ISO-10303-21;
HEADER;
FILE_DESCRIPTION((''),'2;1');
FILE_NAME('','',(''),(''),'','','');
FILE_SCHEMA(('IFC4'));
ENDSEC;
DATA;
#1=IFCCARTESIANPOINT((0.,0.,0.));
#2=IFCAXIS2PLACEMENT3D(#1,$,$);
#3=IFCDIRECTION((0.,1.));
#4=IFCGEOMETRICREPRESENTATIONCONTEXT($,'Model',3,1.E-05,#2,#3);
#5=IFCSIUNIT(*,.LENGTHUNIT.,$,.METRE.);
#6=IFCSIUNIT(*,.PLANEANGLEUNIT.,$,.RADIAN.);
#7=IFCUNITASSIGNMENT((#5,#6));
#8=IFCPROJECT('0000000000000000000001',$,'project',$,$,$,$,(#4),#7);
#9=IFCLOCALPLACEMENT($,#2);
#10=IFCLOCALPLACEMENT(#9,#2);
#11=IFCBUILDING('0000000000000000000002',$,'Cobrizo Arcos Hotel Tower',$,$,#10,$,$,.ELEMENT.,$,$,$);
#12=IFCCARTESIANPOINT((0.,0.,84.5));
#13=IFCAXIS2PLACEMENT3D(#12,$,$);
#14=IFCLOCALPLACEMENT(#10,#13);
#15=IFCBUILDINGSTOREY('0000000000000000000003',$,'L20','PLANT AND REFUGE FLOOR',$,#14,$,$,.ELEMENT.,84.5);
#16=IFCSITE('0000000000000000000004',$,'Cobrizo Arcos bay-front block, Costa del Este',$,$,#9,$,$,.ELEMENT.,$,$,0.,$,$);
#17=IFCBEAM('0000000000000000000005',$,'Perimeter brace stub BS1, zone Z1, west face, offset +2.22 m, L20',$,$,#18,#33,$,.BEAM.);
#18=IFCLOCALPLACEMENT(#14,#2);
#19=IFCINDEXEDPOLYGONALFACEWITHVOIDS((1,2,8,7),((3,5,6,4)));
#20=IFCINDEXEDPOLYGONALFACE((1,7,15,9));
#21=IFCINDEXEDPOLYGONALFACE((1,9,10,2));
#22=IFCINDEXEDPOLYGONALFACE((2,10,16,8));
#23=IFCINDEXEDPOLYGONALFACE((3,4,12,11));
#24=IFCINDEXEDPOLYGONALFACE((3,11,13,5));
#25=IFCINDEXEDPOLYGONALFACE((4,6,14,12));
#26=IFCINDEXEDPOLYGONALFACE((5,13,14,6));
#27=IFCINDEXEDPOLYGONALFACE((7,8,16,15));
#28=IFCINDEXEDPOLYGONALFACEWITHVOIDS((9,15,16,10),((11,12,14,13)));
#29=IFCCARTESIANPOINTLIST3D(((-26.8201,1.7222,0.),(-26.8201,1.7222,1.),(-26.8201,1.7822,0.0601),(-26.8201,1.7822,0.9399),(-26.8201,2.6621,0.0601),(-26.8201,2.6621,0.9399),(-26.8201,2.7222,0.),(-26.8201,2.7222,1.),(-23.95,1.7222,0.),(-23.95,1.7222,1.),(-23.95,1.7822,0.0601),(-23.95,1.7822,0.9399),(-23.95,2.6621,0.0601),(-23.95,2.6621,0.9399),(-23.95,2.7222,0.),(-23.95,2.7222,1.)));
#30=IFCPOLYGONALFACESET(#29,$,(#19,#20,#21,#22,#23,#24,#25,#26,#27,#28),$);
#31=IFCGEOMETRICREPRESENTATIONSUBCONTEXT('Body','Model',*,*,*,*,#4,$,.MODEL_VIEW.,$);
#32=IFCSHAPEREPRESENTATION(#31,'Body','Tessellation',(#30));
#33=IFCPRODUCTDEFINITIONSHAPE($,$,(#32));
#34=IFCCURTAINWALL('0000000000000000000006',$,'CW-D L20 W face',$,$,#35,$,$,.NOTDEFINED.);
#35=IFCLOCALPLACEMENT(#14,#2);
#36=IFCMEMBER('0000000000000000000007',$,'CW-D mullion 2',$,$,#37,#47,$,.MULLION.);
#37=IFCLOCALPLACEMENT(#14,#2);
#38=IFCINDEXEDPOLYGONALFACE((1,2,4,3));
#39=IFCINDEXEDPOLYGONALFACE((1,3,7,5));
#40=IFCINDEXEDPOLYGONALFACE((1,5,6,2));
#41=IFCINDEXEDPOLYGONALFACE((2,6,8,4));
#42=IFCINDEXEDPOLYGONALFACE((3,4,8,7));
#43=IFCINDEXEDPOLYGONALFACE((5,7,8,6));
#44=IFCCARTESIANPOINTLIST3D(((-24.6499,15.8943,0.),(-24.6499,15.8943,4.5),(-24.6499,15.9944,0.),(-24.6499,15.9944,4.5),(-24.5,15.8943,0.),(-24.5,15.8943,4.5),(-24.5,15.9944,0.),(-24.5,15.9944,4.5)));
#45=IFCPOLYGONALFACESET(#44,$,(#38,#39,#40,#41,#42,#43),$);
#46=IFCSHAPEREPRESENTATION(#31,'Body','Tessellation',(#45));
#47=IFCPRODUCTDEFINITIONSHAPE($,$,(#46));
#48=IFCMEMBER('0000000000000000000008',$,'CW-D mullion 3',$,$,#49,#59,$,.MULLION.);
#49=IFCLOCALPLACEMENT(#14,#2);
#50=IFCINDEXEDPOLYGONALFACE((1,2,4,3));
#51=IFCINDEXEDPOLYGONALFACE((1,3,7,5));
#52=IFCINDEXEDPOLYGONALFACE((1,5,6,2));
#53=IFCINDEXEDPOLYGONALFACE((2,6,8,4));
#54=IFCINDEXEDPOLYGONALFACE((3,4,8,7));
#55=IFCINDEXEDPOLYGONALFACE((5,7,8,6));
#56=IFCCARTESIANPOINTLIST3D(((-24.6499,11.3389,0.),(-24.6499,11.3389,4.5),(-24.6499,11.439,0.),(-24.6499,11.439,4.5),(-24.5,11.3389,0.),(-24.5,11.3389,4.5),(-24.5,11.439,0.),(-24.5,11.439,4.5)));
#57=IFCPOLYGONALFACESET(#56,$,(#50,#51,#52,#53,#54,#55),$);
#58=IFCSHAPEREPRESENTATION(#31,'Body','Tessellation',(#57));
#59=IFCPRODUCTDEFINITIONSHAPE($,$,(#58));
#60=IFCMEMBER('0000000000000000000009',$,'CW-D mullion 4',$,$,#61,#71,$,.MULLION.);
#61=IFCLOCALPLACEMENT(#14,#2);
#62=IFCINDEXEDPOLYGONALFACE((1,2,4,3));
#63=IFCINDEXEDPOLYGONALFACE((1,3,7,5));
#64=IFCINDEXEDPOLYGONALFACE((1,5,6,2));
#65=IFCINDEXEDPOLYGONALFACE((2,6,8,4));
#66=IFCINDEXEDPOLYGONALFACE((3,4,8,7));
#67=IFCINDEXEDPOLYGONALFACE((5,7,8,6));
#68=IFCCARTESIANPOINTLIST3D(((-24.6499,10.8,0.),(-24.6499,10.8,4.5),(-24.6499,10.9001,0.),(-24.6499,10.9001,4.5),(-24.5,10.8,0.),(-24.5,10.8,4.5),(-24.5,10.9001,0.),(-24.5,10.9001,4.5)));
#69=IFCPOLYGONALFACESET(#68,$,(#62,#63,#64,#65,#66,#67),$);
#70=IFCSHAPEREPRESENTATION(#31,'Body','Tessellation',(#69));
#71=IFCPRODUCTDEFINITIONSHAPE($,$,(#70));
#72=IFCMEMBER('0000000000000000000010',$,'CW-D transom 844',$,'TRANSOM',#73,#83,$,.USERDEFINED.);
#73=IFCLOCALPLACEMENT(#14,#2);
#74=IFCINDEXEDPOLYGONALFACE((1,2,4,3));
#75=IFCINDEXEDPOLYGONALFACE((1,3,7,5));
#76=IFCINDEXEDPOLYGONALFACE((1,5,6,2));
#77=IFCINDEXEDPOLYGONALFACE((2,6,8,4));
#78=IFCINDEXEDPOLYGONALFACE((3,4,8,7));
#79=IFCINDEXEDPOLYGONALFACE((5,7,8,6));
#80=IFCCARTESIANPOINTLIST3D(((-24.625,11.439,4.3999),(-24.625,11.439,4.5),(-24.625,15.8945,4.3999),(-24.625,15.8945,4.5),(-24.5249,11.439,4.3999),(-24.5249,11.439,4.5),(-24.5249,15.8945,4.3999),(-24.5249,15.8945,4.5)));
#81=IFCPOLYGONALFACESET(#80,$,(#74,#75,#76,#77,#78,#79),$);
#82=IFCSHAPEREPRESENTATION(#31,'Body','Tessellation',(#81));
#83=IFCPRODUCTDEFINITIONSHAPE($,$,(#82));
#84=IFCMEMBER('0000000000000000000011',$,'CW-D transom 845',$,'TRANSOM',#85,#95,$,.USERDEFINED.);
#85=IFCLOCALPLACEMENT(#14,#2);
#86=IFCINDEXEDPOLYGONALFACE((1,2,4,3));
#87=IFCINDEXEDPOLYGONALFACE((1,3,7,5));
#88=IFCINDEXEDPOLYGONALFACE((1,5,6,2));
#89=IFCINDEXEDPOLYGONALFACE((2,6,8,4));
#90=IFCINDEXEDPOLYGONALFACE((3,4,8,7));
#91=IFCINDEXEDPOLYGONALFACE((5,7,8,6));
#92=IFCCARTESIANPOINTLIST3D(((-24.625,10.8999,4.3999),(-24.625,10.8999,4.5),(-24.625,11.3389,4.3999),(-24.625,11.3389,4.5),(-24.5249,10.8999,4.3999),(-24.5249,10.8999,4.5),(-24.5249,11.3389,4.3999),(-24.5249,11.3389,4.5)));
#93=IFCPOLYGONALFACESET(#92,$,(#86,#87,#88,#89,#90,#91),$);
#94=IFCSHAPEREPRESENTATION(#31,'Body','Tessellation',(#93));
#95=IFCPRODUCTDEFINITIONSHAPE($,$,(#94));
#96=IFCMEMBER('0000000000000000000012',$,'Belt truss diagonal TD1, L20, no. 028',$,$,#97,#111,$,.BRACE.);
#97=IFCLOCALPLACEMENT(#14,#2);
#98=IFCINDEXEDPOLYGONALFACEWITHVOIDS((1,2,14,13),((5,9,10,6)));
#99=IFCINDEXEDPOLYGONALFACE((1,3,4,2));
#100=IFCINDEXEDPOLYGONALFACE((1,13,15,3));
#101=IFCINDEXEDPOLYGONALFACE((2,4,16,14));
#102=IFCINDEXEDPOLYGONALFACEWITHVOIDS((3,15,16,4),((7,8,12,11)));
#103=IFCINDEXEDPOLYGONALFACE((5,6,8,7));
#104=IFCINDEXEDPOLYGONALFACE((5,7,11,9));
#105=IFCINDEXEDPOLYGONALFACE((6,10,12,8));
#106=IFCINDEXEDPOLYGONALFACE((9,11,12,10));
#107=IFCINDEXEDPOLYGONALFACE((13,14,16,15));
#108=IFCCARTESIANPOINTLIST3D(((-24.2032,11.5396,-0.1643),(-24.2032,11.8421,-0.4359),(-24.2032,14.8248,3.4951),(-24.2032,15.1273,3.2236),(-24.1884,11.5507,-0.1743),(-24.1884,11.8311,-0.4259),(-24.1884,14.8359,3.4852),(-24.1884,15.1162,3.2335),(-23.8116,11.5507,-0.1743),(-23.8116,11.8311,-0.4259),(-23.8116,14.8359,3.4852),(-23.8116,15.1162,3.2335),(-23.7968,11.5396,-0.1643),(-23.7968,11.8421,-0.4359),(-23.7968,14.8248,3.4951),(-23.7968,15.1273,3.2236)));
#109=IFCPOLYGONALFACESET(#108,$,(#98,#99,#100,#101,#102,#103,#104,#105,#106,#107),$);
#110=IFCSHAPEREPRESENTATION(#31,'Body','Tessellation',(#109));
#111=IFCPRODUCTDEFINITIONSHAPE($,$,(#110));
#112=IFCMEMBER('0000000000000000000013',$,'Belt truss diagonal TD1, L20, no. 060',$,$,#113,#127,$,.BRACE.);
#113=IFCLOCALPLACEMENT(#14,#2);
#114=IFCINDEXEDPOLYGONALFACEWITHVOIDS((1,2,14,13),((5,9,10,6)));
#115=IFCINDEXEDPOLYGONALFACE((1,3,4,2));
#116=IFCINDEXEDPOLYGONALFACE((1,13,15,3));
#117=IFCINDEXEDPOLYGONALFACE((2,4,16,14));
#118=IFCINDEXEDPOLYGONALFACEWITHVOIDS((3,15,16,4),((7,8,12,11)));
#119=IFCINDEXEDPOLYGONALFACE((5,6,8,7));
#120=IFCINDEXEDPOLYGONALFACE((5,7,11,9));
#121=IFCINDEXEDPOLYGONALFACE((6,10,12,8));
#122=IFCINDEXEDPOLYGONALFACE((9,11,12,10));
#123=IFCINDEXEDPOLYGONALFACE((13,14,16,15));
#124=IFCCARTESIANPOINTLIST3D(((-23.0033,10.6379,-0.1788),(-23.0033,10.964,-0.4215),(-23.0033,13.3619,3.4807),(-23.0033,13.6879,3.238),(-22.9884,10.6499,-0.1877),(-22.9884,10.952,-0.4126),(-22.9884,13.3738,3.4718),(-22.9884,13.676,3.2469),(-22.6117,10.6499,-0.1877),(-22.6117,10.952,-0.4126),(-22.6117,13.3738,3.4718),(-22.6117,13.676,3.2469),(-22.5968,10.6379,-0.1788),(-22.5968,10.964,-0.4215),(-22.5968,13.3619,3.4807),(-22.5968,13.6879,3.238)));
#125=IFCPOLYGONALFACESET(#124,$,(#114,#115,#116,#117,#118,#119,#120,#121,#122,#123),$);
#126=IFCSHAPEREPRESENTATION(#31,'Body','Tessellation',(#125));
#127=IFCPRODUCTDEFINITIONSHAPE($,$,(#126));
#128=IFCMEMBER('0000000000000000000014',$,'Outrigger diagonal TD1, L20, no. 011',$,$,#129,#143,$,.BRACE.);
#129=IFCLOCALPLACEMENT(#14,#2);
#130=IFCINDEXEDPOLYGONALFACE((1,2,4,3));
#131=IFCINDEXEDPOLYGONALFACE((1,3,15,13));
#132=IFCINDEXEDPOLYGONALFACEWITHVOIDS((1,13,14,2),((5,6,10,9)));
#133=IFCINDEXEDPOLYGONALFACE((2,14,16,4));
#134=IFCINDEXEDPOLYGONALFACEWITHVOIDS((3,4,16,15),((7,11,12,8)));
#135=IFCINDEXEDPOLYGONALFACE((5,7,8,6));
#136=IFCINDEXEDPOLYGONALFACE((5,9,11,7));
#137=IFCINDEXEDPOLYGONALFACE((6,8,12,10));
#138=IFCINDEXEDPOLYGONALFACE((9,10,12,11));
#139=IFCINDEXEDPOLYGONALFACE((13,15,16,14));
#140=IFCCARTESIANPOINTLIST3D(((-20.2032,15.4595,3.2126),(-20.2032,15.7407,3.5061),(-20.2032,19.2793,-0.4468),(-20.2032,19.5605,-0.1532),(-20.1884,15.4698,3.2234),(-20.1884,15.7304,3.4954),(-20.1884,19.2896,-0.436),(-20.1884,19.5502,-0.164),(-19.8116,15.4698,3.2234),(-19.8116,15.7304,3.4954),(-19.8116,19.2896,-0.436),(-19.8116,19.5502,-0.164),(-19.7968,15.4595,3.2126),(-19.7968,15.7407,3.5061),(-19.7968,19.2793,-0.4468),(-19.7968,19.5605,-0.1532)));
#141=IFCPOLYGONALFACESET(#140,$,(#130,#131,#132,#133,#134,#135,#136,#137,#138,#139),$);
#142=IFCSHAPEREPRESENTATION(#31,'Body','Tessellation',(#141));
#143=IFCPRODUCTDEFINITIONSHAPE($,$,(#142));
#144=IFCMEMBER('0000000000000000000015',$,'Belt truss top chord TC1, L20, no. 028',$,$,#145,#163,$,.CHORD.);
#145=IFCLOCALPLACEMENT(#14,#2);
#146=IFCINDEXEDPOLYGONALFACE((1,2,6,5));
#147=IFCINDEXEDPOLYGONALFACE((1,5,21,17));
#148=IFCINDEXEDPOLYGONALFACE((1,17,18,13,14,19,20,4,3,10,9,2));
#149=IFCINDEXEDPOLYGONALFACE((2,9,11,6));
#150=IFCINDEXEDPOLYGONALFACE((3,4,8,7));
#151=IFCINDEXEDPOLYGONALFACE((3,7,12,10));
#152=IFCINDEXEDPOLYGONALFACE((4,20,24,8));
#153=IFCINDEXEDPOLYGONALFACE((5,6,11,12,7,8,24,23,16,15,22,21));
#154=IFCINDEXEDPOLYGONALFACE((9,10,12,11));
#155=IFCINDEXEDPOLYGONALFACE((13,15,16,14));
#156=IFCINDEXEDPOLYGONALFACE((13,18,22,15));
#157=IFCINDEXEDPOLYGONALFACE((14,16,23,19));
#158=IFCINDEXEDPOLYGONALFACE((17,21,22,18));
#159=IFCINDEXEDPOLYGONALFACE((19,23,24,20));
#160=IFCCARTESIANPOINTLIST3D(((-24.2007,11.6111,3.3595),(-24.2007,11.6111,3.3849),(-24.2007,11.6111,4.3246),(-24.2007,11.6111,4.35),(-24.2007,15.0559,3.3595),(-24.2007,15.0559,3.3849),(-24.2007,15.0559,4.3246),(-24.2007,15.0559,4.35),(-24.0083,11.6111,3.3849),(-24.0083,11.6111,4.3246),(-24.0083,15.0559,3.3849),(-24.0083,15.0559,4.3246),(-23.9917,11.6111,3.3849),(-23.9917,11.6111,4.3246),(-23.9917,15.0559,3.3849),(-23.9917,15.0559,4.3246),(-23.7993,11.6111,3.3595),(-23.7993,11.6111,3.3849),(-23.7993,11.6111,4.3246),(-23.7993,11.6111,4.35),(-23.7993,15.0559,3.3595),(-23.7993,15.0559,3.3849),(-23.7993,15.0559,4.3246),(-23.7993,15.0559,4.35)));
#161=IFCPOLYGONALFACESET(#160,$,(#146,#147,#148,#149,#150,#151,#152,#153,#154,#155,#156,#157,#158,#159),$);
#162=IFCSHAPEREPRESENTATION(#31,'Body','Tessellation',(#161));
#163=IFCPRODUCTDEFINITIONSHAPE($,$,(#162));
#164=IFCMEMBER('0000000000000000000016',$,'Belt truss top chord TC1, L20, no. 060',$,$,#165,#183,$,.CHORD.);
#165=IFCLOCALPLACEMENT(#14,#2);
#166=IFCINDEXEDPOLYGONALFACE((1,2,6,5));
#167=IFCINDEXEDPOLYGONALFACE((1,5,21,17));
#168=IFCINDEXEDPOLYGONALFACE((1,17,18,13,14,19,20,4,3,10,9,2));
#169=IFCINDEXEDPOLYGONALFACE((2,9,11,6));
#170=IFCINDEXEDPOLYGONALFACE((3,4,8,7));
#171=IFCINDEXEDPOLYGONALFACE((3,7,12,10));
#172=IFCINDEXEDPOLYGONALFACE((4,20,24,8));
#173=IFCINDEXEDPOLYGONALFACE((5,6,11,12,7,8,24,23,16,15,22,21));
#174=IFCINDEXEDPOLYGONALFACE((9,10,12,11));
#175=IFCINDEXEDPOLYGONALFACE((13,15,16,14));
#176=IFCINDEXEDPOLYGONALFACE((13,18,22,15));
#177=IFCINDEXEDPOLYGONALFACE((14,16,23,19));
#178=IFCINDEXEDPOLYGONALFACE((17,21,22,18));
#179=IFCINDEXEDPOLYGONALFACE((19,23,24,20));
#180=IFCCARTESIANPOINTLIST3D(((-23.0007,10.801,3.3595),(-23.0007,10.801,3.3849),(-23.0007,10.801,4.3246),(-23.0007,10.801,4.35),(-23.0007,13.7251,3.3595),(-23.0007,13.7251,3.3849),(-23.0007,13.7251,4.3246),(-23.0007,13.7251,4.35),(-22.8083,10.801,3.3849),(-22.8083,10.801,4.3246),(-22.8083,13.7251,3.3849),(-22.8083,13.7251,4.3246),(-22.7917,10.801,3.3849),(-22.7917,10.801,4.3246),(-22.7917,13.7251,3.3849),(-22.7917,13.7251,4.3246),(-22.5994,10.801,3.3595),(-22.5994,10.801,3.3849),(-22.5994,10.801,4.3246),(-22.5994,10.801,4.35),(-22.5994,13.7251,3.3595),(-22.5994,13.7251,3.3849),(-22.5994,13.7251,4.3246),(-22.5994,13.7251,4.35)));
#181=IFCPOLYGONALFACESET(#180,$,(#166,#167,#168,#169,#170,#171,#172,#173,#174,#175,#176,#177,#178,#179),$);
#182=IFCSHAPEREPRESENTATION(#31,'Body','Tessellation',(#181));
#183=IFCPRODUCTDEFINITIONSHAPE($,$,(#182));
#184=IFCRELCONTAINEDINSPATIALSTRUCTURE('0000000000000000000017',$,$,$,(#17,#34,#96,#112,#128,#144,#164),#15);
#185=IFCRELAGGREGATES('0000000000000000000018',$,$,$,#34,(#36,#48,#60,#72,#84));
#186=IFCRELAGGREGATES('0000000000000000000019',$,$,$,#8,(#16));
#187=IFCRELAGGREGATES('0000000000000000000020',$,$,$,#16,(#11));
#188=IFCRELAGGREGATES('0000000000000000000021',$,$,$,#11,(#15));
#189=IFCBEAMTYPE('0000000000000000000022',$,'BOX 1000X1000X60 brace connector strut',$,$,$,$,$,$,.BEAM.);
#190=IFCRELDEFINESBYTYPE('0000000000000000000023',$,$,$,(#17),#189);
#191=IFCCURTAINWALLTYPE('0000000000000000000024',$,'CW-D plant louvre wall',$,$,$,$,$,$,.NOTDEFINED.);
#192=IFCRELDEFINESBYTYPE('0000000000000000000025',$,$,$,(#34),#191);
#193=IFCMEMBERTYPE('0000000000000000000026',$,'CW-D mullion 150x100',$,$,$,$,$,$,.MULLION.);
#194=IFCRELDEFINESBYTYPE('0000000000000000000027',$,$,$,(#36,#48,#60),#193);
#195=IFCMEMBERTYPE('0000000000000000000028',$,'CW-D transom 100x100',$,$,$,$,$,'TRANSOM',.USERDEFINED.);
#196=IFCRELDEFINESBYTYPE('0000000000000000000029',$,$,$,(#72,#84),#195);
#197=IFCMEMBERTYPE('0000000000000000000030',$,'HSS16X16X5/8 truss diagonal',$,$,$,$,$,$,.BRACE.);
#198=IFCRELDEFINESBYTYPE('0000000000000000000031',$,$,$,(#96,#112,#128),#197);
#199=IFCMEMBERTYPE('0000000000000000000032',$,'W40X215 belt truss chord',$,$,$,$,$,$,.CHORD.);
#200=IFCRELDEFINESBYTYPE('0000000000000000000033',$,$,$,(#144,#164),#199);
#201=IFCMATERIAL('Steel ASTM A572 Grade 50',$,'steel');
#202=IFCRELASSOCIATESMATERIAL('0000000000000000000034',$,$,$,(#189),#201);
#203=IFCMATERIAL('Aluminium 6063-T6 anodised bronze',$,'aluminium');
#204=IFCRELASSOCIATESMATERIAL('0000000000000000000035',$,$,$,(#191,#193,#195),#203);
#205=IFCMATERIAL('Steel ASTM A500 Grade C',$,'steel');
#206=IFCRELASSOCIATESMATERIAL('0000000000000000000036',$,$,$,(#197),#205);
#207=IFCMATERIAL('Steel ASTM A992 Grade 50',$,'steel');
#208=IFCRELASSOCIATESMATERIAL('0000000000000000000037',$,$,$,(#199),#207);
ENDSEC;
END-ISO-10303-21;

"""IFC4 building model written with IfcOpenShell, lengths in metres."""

from ifc_helpers import new_model, si_unit, direction, frame, origin, origin_2d, place, context, subcontext, project, spatial, rectangle, hollow_rectangle, i_section, extrude, material, material_profile, profile_set, type_object, element, aggregate, save


model = new_model("IFC4")

# Units and contexts
model_context = context("Model", 3, precision=1e-05, world=origin(), true_north=direction((0.0, 1.0)))
body_context = subcontext(model_context, "Body", "Model", "MODEL_VIEW")
ifc_project = project(units=[si_unit("LENGTHUNIT", "METRE"), si_unit("PLANEANGLEUNIT", "RADIAN")], contexts=[model_context])

# Site, building, storey
site_placement = place(None, origin())
site = spatial("IfcSite", under=ifc_project, at=site_placement, Name="Cobrizo Arcos bay-front block, Costa del Este", CompositionType="ELEMENT", RefElevation=0.0)
building_placement = place(site_placement, origin())
building = spatial("IfcBuilding", under=site, at=building_placement, Name="Cobrizo Arcos Hotel Tower", CompositionType="ELEMENT")
storey_placement = place(building_placement, frame((0.0, 0.0, 84.5)))
storey = spatial("IfcBuildingStorey", under=building, at=storey_placement, Name="L20", Description="PLANT AND REFUGE FLOOR", CompositionType="ELEMENT", Elevation=84.5)

# Beam
ifc_material_1 = material(Name="Steel ASTM A572 Grade 50", Category="steel")
ifc_material_profile_1 = material_profile(ifc_material_1, hollow_rectangle(XDim=1.0, YDim=1.0, WallThickness=0.0601, at=origin_2d()), Name="BOX 1000X1000X60")
ifc_profile_set_1 = profile_set([ifc_material_profile_1], Name="Steel ASTM A572 Grade 50")
beam_type = type_object("IfcBeamType", Name="BOX 1000X1000X60 brace connector strut", PredefinedType="BEAM", material=ifc_profile_set_1)
beam_placement = place(storey_placement, frame((-23.95, 2.2222, 0.5), z_axis=(-1.0, 0.0, 0.0), x_axis=(0.0, -1.0, 0.0)))
element("IfcBeam", 1, at=beam_placement, inside=storey, type_object=beam_type, Name="Perimeter brace stub BS1, zone Z1, west face, offset +2.22 m, L20", PredefinedType="BEAM", context=body_context, shape_type="SweptSolid", body=[
    extrude(hollow_rectangle(XDim=1.0, YDim=1.0, WallThickness=0.0601, at=origin_2d()), origin(), (0.0, 0.0, 1.0), 2.8701),
])

# Curtain wall, members
ifc_material_2 = material(Name="Aluminium 6063-T6 anodised bronze", Category="aluminium")
curtain_wall_type = type_object("IfcCurtainWallType", Name="CW-D plant louvre wall", PredefinedType="NOTDEFINED", material=ifc_material_2)
curtain_wall_placement = place(storey_placement, origin())
curtain_wall = element("IfcCurtainWall", 2, at=curtain_wall_placement, inside=storey, type_object=curtain_wall_type, Name="CW-D L20 W face", PredefinedType="NOTDEFINED")
ifc_material_profile_2 = material_profile(ifc_material_2, rectangle(XDim=0.1499, YDim=0.1001, at=origin_2d()), Name="CW-D mullion 150x100")
ifc_profile_set_2 = profile_set([ifc_material_profile_2], Name="Aluminium 6063-T6 anodised bronze")
member_type_1 = type_object("IfcMemberType", Name="CW-D mullion 150x100", PredefinedType="MULLION", material=ifc_profile_set_2)
member_1_placement = place(storey_placement, frame((-24.575, 15.9443, 0.0), z_axis=(0.0, 0.0, 1.0), x_axis=(-1.0, 0.0, 0.0)))
member_1 = element("IfcMember", 3, at=member_1_placement, type_object=member_type_1, Name="CW-D mullion 2", PredefinedType="MULLION", context=body_context, shape_type="SweptSolid", body=[
    extrude(rectangle(XDim=0.1499, YDim=0.1001, at=origin_2d()), origin(), (0.0, 0.0, 1.0), 4.5),
])
member_2_placement = place(storey_placement, frame((-24.575, 11.3889, 0.0), z_axis=(0.0, 0.0, 1.0), x_axis=(-1.0, 0.0, 0.0)))
member_2 = element("IfcMember", 4, at=member_2_placement, type_object=member_type_1, Name="CW-D mullion 3", PredefinedType="MULLION", context=body_context, shape_type="SweptSolid", body=[
    extrude(rectangle(XDim=0.1499, YDim=0.1001, at=origin_2d()), origin(), (0.0, 0.0, 1.0), 4.5),
])
member_3_placement = place(storey_placement, frame((-24.575, 10.8501, 0.0), z_axis=(0.0, 0.0, 1.0), x_axis=(-1.0, 0.0, 0.0)))
member_3 = element("IfcMember", 5, at=member_3_placement, type_object=member_type_1, Name="CW-D mullion 4", PredefinedType="MULLION", context=body_context, shape_type="SweptSolid", body=[
    extrude(rectangle(XDim=0.1499, YDim=0.1001, at=origin_2d()), origin(), (0.0, 0.0, 1.0), 4.5),
])
ifc_material_profile_3 = material_profile(ifc_material_2, rectangle(XDim=0.1001, YDim=0.1001, at=origin_2d()), Name="CW-D transom 100x100")
ifc_profile_set_3 = profile_set([ifc_material_profile_3], Name="Aluminium 6063-T6 anodised bronze")
member_type_2 = type_object("IfcMemberType", Name="CW-D transom 100x100", ElementType="TRANSOM", PredefinedType="USERDEFINED", material=ifc_profile_set_3)
member_4_placement = place(storey_placement, frame((-24.575, 15.8945, 4.45), z_axis=(0.0, -1.0, 0.0), x_axis=(1.0, 0.0, 0.0)))
member_4 = element("IfcMember", 6, at=member_4_placement, type_object=member_type_2, Name="CW-D transom 844", ObjectType="TRANSOM", PredefinedType="USERDEFINED", context=body_context, shape_type="SweptSolid", body=[
    extrude(rectangle(XDim=0.1001, YDim=0.1001, at=origin_2d()), origin(), (0.0, 0.0, 1.0), 4.4556),
])
member_5_placement = place(storey_placement, frame((-24.575, 11.3389, 4.45), z_axis=(0.0, -1.0, 0.0), x_axis=(1.0, 0.0, 0.0)))
member_5 = element("IfcMember", 7, at=member_5_placement, type_object=member_type_2, Name="CW-D transom 845", ObjectType="TRANSOM", PredefinedType="USERDEFINED", context=body_context, shape_type="SweptSolid", body=[
    extrude(rectangle(XDim=0.1001, YDim=0.1001, at=origin_2d()), origin(), (0.0, 0.0, 1.0), 0.439),
])

# Members
ifc_material_3 = material(Name="Steel ASTM A500 Grade C", Category="steel")
ifc_material_profile_4 = material_profile(ifc_material_3, hollow_rectangle(XDim=0.4065, YDim=0.4065, WallThickness=0.0149, at=origin_2d()), Name="HSS16X16X5/8")
ifc_profile_set_4 = profile_set([ifc_material_profile_4], Name="Steel ASTM A500 Grade C")
member_type_3 = type_object("IfcMemberType", Name="HSS16X16X5/8 truss diagonal", PredefinedType="BRACE", material=ifc_profile_set_4)
member_6_placement = place(storey_placement, frame((-24.0, 14.9761, 3.3594), z_axis=(0.0, -0.668029, -0.744135), x_axis=(1.0, 0.0, 0.0)))
element("IfcMember", 8, at=member_6_placement, inside=storey, type_object=member_type_3, Name="Belt truss diagonal TD1, L20, no. 028", PredefinedType="BRACE", context=body_context, shape_type="SweptSolid", body=[
    extrude(hollow_rectangle(XDim=0.4065, YDim=0.4065, WallThickness=0.0149, at=origin_2d()), origin(), (0.0, 0.0, 1.0), 4.9177),
])
member_7_placement = place(storey_placement, frame((-22.8, 13.5249, 3.3594), z_axis=(0.0, -0.597093, -0.802172), x_axis=(1.0, 0.0, 0.0)))
element("IfcMember", 9, at=member_7_placement, inside=storey, type_object=member_type_3, Name="Belt truss diagonal TD1, L20, no. 060", PredefinedType="BRACE", context=body_context, shape_type="SweptSolid", body=[
    extrude(hollow_rectangle(XDim=0.4065, YDim=0.4065, WallThickness=0.0149, at=origin_2d()), origin(), (0.0, 0.0, 1.0), 4.562),
])
member_8_placement = place(storey_placement, frame((-20.0, 15.6001, 3.3594), z_axis=(0.0, 0.722105, -0.691783), x_axis=(-1.0, 0.0, 0.0)))
element("IfcMember", 10, at=member_8_placement, inside=storey, type_object=member_type_3, Name="Outrigger diagonal TD1, L20, no. 011", PredefinedType="BRACE", context=body_context, shape_type="SweptSolid", body=[
    extrude(hollow_rectangle(XDim=0.4065, YDim=0.4065, WallThickness=0.0149, at=origin_2d()), origin(), (0.0, 0.0, 1.0), 5.2898),
])
ifc_material_4 = material(Name="Steel ASTM A992 Grade 50", Category="steel")
ifc_material_profile_5 = material_profile(ifc_material_4, i_section(OverallWidth=0.4014, OverallDepth=0.9905, WebThickness=0.0166, FlangeThickness=0.0254, at=origin_2d()), Name="W40X215")
ifc_profile_set_5 = profile_set([ifc_material_profile_5], Name="Steel ASTM A992 Grade 50")
member_type_4 = type_object("IfcMemberType", Name="W40X215 belt truss chord", PredefinedType="CHORD", material=ifc_profile_set_5)
member_9_placement = place(storey_placement, frame((-24.0, 15.0559, 3.8547), z_axis=(0.0, -1.0, 0.0), x_axis=(1.0, 0.0, 0.0)))
element("IfcMember", 11, at=member_9_placement, inside=storey, type_object=member_type_4, Name="Belt truss top chord TC1, L20, no. 028", PredefinedType="CHORD", context=body_context, shape_type="SweptSolid", body=[
    extrude(i_section(OverallWidth=0.4014, OverallDepth=0.9905, WebThickness=0.0166, FlangeThickness=0.0254, at=origin_2d()), origin(), (0.0, 0.0, 1.0), 3.4448),
])
member_10_placement = place(storey_placement, frame((-22.8, 13.7251, 3.8547), z_axis=(0.0, -1.0, 0.0), x_axis=(1.0, 0.0, 0.0)))
element("IfcMember", 12, at=member_10_placement, inside=storey, type_object=member_type_4, Name="Belt truss top chord TC1, L20, no. 060", PredefinedType="CHORD", context=body_context, shape_type="SweptSolid", body=[
    extrude(i_section(OverallWidth=0.4014, OverallDepth=0.9905, WebThickness=0.0166, FlangeThickness=0.0254, at=origin_2d()), origin(), (0.0, 0.0, 1.0), 2.9241),
])

aggregate(curtain_wall, [member_1, member_2, member_3, member_4, member_5])

save(model, "model.ifc")
